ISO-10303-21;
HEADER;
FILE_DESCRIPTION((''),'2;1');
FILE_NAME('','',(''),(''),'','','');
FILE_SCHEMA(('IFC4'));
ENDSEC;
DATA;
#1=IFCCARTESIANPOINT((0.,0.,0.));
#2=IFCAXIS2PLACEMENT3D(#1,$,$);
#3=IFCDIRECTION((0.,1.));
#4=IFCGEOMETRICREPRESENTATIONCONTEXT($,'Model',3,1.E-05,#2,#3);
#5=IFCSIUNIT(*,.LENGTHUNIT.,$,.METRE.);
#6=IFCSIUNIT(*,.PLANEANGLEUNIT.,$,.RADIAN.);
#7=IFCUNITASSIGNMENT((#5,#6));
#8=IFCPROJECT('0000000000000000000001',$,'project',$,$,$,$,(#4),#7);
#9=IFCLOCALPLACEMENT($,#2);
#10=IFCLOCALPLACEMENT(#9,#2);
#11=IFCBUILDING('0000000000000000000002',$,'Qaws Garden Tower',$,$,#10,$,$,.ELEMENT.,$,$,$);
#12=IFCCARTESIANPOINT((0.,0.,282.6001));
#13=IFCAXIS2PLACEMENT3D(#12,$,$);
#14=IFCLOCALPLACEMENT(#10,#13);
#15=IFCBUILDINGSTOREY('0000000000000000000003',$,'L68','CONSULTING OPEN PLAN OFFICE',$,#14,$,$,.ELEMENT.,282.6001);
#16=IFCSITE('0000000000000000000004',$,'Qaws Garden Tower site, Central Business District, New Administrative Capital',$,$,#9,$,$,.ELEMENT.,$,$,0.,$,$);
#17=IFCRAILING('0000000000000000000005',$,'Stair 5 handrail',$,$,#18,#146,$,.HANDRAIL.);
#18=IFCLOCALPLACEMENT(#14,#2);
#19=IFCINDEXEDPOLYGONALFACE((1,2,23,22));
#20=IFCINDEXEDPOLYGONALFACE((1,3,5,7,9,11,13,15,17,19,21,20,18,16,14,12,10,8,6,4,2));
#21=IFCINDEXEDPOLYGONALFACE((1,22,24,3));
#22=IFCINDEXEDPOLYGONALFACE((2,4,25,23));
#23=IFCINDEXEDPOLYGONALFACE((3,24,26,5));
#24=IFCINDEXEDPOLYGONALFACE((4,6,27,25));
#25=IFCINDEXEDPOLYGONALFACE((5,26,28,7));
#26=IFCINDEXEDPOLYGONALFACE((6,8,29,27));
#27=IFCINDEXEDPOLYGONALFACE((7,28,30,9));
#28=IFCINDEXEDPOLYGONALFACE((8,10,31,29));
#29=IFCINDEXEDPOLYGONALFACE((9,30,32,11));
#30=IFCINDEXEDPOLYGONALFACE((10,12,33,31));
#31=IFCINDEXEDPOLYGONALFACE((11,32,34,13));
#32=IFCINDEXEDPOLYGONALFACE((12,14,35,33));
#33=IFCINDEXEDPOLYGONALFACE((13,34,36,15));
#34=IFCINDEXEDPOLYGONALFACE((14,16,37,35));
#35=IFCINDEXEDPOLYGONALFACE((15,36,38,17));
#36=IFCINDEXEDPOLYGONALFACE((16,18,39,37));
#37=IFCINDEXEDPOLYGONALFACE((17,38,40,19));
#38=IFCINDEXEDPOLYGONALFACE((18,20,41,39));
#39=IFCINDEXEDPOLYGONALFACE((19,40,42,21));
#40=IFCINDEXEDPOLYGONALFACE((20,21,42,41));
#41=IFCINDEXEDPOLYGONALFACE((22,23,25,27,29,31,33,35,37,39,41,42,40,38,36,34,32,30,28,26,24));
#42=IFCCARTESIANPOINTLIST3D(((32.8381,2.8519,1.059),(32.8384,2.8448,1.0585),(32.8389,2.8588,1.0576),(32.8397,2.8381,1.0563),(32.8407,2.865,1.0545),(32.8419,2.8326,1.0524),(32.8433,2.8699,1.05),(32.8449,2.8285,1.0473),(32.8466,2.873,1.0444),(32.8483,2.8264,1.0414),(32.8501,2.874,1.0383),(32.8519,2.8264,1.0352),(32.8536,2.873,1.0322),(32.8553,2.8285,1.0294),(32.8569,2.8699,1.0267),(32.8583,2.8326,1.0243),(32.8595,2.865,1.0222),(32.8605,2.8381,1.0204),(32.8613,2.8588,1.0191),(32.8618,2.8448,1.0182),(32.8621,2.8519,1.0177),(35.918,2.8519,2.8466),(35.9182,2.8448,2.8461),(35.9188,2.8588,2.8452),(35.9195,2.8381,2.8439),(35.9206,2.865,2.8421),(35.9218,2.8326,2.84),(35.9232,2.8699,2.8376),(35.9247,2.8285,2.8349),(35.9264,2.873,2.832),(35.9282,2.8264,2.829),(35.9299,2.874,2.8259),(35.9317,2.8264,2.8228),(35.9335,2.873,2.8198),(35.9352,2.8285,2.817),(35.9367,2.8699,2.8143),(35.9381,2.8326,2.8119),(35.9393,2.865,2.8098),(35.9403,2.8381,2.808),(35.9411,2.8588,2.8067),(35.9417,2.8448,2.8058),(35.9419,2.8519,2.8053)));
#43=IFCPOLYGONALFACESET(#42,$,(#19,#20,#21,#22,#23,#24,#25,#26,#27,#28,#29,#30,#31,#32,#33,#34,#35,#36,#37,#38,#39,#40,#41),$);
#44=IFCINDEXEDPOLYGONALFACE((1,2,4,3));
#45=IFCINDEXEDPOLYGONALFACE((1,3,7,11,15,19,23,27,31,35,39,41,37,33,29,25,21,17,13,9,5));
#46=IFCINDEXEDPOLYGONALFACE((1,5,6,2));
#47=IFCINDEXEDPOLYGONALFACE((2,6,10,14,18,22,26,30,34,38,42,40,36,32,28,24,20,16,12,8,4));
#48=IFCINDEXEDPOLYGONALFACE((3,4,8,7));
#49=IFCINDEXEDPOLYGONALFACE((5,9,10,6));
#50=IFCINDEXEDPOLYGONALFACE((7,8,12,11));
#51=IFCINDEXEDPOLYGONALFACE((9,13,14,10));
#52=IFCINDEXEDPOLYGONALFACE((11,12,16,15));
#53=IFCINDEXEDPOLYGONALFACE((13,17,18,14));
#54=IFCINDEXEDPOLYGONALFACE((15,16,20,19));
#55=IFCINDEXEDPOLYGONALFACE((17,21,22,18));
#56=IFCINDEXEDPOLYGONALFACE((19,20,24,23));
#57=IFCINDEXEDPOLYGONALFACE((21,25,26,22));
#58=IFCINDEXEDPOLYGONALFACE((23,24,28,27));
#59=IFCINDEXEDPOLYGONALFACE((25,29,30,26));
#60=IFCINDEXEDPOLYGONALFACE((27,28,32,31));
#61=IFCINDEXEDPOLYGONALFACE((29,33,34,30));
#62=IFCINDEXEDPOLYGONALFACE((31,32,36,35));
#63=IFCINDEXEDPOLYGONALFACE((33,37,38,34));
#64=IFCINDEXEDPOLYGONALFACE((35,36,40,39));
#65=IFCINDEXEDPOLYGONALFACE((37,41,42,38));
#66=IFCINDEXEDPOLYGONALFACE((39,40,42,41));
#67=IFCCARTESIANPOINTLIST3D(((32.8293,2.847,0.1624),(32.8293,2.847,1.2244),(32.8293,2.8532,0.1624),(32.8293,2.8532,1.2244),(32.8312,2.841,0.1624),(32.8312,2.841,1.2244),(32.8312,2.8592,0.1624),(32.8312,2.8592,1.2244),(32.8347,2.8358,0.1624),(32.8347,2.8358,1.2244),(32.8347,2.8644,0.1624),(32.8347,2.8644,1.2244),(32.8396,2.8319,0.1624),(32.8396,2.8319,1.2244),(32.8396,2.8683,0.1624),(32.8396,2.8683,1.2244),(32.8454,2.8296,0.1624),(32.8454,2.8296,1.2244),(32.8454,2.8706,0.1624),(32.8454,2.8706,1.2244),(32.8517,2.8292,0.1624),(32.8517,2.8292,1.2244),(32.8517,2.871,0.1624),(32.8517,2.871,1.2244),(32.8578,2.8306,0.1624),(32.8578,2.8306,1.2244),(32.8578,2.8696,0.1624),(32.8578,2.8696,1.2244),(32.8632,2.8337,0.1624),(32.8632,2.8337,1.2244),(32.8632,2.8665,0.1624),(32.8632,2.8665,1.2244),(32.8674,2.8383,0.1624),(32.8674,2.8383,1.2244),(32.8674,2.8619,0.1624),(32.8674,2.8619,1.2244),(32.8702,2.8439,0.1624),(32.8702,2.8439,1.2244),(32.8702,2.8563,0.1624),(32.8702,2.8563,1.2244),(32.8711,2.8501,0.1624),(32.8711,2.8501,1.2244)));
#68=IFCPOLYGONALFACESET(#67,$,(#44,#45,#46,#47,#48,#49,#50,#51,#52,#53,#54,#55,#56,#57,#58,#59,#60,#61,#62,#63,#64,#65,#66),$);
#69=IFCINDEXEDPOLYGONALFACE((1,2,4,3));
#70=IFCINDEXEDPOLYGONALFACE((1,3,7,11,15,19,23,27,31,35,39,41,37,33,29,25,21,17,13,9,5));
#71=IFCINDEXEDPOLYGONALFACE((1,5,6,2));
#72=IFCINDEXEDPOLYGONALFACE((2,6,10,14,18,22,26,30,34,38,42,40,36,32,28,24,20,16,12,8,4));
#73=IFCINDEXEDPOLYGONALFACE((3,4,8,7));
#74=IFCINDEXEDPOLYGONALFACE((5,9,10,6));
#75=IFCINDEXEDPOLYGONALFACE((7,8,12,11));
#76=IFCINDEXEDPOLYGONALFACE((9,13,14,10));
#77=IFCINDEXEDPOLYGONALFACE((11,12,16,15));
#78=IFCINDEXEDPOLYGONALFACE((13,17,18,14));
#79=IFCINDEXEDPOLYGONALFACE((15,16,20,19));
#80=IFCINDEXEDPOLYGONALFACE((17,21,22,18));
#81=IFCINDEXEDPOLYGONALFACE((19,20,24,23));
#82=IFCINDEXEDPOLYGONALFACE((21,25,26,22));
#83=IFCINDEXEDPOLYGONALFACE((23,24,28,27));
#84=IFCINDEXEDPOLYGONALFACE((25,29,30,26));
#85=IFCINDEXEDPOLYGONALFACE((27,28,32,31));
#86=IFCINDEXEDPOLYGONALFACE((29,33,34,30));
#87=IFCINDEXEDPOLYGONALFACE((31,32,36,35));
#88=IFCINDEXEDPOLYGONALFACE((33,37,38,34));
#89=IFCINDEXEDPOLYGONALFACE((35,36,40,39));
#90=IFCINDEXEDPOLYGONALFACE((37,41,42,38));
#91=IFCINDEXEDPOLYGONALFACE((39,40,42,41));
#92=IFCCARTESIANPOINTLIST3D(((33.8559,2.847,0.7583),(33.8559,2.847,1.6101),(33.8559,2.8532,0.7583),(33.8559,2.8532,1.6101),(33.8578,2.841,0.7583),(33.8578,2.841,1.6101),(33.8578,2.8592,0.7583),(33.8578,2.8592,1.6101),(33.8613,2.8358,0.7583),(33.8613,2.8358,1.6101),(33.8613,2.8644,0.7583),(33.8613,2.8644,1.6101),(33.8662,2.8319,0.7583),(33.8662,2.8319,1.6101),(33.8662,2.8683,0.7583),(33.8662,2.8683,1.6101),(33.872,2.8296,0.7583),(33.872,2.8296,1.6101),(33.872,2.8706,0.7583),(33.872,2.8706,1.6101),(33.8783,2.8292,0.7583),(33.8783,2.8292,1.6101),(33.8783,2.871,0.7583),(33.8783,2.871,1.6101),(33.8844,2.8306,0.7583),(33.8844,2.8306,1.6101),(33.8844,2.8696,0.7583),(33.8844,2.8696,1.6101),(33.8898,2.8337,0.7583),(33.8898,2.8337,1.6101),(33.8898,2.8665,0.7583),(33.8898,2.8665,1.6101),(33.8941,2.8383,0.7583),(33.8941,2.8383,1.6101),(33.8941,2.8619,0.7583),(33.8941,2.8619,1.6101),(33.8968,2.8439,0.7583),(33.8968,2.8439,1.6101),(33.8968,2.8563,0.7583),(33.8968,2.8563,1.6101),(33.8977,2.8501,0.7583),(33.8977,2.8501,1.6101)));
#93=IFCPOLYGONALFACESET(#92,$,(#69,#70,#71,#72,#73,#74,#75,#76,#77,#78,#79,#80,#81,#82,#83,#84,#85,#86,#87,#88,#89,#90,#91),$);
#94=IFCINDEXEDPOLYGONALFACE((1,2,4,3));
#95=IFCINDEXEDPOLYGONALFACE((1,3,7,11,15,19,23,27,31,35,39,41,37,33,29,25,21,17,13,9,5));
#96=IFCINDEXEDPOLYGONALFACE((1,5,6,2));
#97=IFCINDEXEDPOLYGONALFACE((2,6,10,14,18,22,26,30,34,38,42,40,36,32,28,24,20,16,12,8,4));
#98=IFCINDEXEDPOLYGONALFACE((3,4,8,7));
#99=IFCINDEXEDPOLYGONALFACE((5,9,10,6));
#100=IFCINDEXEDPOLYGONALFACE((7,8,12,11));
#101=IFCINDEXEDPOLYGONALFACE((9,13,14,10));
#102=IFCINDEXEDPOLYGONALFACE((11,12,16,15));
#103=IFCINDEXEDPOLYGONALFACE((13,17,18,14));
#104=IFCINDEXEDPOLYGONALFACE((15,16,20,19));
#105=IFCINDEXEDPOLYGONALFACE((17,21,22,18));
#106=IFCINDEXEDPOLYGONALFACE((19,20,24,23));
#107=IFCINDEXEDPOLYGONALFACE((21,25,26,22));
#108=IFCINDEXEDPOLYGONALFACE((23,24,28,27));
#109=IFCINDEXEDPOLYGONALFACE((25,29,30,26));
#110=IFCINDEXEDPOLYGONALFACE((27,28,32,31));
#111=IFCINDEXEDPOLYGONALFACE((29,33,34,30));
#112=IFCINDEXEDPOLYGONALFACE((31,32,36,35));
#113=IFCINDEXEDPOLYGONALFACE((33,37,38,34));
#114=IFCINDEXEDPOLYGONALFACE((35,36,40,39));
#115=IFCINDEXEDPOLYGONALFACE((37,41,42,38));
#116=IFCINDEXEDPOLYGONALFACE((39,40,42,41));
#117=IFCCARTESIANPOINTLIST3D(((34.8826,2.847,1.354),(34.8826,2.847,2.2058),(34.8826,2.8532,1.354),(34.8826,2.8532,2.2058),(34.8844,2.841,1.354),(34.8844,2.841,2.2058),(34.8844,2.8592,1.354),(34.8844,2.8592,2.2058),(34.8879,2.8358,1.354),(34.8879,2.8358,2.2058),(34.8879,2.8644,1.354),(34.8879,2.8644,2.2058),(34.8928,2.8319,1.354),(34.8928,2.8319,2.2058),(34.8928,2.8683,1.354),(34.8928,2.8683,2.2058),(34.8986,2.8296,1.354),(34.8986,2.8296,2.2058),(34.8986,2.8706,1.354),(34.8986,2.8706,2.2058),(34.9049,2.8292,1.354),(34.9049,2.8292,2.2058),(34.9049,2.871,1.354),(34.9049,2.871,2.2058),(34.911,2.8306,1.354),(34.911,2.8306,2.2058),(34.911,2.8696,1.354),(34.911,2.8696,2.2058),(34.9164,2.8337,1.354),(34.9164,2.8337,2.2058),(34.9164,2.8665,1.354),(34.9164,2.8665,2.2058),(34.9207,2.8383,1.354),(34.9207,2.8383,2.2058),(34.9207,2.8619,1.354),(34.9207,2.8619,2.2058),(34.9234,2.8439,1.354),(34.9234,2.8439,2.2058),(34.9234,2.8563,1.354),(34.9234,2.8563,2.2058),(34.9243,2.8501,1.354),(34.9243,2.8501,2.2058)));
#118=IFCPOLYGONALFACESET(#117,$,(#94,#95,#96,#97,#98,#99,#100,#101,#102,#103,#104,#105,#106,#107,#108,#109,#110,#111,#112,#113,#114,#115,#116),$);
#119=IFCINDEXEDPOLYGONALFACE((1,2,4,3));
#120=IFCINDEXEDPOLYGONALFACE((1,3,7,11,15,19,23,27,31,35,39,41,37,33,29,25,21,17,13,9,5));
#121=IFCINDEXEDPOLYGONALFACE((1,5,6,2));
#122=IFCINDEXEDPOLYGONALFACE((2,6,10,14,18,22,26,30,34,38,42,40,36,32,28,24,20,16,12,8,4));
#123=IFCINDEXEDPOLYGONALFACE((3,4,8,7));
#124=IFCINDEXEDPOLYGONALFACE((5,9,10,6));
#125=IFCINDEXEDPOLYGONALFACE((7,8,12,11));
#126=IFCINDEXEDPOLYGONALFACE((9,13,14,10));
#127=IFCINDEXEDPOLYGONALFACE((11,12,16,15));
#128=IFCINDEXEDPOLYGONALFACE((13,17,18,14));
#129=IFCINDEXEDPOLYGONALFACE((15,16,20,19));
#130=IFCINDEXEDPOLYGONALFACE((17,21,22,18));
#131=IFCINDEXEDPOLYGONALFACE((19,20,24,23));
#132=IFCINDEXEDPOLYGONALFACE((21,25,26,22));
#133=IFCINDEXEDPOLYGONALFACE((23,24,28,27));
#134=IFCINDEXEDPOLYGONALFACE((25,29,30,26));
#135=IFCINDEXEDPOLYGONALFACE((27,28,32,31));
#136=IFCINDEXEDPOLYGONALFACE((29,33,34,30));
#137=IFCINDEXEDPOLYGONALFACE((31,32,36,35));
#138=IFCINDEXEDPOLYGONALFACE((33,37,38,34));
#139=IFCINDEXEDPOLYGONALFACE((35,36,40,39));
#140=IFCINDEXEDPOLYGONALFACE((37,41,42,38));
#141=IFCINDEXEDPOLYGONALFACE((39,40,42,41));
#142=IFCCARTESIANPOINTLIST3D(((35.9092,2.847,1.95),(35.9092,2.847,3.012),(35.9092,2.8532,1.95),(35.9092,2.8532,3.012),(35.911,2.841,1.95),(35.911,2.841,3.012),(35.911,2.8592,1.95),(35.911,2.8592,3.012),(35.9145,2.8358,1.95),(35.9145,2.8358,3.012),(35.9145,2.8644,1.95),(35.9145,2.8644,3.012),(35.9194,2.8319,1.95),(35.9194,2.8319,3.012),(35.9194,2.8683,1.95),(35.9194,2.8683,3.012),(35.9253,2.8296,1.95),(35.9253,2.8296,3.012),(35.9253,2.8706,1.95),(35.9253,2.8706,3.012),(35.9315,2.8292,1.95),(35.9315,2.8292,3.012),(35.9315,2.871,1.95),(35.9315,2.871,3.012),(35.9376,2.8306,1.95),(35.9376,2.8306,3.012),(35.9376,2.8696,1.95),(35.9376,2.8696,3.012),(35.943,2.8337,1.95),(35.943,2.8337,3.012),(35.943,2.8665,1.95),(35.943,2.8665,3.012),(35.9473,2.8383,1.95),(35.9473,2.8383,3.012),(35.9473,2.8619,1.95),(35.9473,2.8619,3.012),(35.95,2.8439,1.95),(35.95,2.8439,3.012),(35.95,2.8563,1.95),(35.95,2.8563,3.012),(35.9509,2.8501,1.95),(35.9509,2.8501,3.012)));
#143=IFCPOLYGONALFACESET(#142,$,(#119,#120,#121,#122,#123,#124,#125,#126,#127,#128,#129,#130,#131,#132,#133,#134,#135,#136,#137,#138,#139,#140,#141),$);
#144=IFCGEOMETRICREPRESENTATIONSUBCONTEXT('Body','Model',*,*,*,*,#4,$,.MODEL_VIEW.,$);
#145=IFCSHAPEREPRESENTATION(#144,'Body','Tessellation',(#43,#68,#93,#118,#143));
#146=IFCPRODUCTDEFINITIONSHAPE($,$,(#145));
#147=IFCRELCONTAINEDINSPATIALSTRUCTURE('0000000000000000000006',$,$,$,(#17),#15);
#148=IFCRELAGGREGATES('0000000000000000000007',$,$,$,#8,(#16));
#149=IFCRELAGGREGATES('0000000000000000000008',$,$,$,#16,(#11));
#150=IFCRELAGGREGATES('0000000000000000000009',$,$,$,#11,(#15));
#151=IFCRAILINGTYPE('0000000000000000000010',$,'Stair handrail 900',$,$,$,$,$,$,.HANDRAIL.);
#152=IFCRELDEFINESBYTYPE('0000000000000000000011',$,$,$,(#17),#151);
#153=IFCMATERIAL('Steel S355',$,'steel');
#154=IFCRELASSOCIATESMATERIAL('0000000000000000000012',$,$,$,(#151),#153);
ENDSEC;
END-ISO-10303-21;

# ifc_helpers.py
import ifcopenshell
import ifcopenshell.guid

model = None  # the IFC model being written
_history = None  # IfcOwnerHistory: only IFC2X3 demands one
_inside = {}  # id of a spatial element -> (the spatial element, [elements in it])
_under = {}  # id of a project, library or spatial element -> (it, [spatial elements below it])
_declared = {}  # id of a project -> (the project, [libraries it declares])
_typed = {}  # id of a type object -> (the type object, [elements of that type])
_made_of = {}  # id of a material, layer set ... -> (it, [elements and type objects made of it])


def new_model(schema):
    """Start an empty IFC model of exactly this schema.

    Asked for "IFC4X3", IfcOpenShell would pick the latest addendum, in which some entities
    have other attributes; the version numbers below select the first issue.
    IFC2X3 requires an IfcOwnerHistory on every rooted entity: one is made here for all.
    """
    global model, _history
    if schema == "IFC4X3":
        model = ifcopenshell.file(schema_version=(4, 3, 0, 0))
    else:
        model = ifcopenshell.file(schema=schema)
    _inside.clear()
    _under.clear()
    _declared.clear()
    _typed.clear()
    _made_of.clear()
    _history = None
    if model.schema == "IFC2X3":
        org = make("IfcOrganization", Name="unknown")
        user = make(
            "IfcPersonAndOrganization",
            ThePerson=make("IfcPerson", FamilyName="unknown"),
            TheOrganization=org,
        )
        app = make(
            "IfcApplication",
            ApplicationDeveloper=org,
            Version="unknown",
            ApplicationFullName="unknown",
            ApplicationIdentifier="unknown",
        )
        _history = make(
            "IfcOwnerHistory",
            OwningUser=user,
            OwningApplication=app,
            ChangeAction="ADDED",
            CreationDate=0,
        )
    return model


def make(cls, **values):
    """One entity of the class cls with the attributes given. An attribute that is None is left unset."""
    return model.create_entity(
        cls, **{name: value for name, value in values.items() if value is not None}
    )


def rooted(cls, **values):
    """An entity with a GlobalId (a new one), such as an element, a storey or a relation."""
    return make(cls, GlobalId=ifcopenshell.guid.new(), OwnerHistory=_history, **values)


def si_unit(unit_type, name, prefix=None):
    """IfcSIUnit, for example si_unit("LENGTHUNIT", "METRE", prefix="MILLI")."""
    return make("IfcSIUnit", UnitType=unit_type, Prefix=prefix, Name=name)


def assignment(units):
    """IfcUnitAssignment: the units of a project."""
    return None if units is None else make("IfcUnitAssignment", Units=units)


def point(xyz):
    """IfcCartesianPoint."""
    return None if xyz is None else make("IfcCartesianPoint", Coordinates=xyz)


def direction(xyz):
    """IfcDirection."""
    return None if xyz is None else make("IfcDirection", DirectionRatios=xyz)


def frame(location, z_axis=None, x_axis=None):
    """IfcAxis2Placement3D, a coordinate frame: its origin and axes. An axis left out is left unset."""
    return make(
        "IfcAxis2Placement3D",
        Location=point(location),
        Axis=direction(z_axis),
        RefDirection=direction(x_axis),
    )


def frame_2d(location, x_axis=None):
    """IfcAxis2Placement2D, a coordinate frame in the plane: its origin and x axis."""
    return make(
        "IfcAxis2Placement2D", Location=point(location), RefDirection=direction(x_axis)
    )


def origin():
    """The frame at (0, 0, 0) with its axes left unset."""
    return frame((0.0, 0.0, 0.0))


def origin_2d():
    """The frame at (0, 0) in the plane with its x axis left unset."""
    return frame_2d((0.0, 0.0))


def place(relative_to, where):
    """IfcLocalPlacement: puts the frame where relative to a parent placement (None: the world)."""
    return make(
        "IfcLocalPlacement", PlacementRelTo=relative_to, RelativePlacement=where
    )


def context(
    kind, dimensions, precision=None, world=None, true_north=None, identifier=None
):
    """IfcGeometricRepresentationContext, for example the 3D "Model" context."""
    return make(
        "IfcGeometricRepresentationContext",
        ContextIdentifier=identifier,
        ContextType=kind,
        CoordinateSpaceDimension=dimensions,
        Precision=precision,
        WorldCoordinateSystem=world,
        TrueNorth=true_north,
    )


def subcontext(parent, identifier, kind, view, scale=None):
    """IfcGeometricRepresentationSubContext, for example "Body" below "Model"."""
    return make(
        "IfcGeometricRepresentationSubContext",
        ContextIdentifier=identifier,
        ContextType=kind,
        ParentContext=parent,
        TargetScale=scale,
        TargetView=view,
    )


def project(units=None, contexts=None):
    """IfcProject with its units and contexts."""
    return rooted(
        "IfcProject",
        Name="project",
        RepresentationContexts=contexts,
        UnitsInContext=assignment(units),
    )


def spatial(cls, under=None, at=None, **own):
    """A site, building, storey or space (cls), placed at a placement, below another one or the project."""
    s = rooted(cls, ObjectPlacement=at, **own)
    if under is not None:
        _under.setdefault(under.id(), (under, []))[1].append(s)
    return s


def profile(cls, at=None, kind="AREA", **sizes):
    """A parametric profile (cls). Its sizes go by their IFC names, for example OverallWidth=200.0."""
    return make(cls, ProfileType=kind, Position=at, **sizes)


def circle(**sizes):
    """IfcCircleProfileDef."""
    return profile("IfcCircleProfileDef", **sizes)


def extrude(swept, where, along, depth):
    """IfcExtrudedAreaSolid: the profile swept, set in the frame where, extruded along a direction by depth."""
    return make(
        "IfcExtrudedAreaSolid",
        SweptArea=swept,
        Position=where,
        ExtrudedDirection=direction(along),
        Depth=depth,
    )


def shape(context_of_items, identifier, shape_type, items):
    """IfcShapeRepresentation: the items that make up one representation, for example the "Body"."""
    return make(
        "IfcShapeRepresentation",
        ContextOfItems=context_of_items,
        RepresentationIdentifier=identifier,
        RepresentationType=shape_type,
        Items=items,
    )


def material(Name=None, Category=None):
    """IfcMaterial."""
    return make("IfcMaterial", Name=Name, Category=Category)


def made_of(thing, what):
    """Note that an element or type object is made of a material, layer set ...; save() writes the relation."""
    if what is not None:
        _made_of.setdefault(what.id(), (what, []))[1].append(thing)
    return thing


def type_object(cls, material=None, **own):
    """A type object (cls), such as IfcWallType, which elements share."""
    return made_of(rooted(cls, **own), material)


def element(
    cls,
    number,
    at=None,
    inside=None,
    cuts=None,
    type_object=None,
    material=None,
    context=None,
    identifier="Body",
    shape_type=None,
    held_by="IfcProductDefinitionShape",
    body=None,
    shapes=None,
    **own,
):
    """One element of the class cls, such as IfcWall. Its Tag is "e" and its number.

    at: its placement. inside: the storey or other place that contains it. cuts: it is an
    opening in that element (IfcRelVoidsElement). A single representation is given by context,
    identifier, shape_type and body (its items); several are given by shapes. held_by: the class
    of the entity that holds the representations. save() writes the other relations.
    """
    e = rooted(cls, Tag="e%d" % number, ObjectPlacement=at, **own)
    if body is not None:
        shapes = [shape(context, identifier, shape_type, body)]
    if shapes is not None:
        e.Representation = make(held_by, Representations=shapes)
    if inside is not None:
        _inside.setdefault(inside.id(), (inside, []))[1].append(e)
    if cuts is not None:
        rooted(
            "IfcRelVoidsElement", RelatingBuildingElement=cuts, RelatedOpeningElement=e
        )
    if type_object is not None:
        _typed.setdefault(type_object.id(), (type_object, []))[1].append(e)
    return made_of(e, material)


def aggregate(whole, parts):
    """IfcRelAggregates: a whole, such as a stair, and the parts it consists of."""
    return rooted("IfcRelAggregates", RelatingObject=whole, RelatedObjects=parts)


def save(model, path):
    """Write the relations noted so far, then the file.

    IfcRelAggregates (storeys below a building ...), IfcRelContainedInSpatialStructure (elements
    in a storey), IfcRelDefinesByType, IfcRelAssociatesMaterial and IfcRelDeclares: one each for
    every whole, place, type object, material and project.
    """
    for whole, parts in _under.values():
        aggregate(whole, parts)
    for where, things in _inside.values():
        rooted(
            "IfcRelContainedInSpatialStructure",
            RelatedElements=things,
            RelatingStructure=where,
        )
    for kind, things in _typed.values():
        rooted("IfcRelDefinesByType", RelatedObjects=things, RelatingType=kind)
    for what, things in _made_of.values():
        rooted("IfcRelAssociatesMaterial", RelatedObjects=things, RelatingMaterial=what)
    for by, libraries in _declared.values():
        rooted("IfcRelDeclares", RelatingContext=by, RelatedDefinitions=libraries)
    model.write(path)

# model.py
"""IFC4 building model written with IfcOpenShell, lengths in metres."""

from ifc_helpers import new_model, si_unit, direction, frame, origin, origin_2d, place, context, subcontext, project, spatial, circle, extrude, material, type_object, element, save


model = new_model("IFC4")

# Units and contexts
model_context = context("Model", 3, precision=1e-05, world=origin(), true_north=direction((0.0, 1.0)))
body_context = subcontext(model_context, "Body", "Model", "MODEL_VIEW")
ifc_project = project(units=[si_unit("LENGTHUNIT", "METRE"), si_unit("PLANEANGLEUNIT", "RADIAN")], contexts=[model_context])

# Site, building, storey
site_placement = place(None, origin())
site = spatial("IfcSite", under=ifc_project, at=site_placement, Name="Qaws Garden Tower site, Central Business District, New Administrative Capital", CompositionType="ELEMENT", RefElevation=0.0)
building_placement = place(site_placement, origin())
building = spatial("IfcBuilding", under=site, at=building_placement, Name="Qaws Garden Tower", CompositionType="ELEMENT")
storey_placement = place(building_placement, frame((0.0, 0.0, 282.6001)))
storey = spatial("IfcBuildingStorey", under=building, at=storey_placement, Name="L68", Description="CONSULTING OPEN PLAN OFFICE", CompositionType="ELEMENT", Elevation=282.6001)

# Railing
ifc_material_1 = material(Name="Steel S355", Category="steel")
railing_type = type_object("IfcRailingType", Name="Stair handrail 900", PredefinedType="HANDRAIL", material=ifc_material_1)
railing_1_placement = place(storey_placement, frame((32.8501, 2.8501, 0.1624)))
element("IfcRailing", 1, at=railing_1_placement, inside=storey, type_object=railing_type, Name="Stair 5 handrail", PredefinedType="HANDRAIL", context=body_context, shape_type="SweptSolid", body=[
    extrude(circle(Radius=0.0239, at=origin_2d()), frame((0.0, 0.0, 0.876), z_axis=(0.864873, 0.0, 0.50199), x_axis=(0.0, 1.0, 0.0)), (0.0, 0.0, 1.0), 3.561),
    extrude(circle(Radius=0.021, at=origin_2d()), origin(), (0.0, 0.0, 1.0), 1.062),
    extrude(circle(Radius=0.021, at=origin_2d()), frame((1.0266, 0.0, 0.5959)), (0.0, 0.0, 1.0), 0.8518),
    extrude(circle(Radius=0.021, at=origin_2d()), frame((2.0532, 0.0, 1.1917)), (0.0, 0.0, 1.0), 0.8518),
    extrude(circle(Radius=0.021, at=origin_2d()), frame((3.0798, 0.0, 1.7876)), (0.0, 0.0, 1.0), 1.062),
])

save(model, "model.ifc")
